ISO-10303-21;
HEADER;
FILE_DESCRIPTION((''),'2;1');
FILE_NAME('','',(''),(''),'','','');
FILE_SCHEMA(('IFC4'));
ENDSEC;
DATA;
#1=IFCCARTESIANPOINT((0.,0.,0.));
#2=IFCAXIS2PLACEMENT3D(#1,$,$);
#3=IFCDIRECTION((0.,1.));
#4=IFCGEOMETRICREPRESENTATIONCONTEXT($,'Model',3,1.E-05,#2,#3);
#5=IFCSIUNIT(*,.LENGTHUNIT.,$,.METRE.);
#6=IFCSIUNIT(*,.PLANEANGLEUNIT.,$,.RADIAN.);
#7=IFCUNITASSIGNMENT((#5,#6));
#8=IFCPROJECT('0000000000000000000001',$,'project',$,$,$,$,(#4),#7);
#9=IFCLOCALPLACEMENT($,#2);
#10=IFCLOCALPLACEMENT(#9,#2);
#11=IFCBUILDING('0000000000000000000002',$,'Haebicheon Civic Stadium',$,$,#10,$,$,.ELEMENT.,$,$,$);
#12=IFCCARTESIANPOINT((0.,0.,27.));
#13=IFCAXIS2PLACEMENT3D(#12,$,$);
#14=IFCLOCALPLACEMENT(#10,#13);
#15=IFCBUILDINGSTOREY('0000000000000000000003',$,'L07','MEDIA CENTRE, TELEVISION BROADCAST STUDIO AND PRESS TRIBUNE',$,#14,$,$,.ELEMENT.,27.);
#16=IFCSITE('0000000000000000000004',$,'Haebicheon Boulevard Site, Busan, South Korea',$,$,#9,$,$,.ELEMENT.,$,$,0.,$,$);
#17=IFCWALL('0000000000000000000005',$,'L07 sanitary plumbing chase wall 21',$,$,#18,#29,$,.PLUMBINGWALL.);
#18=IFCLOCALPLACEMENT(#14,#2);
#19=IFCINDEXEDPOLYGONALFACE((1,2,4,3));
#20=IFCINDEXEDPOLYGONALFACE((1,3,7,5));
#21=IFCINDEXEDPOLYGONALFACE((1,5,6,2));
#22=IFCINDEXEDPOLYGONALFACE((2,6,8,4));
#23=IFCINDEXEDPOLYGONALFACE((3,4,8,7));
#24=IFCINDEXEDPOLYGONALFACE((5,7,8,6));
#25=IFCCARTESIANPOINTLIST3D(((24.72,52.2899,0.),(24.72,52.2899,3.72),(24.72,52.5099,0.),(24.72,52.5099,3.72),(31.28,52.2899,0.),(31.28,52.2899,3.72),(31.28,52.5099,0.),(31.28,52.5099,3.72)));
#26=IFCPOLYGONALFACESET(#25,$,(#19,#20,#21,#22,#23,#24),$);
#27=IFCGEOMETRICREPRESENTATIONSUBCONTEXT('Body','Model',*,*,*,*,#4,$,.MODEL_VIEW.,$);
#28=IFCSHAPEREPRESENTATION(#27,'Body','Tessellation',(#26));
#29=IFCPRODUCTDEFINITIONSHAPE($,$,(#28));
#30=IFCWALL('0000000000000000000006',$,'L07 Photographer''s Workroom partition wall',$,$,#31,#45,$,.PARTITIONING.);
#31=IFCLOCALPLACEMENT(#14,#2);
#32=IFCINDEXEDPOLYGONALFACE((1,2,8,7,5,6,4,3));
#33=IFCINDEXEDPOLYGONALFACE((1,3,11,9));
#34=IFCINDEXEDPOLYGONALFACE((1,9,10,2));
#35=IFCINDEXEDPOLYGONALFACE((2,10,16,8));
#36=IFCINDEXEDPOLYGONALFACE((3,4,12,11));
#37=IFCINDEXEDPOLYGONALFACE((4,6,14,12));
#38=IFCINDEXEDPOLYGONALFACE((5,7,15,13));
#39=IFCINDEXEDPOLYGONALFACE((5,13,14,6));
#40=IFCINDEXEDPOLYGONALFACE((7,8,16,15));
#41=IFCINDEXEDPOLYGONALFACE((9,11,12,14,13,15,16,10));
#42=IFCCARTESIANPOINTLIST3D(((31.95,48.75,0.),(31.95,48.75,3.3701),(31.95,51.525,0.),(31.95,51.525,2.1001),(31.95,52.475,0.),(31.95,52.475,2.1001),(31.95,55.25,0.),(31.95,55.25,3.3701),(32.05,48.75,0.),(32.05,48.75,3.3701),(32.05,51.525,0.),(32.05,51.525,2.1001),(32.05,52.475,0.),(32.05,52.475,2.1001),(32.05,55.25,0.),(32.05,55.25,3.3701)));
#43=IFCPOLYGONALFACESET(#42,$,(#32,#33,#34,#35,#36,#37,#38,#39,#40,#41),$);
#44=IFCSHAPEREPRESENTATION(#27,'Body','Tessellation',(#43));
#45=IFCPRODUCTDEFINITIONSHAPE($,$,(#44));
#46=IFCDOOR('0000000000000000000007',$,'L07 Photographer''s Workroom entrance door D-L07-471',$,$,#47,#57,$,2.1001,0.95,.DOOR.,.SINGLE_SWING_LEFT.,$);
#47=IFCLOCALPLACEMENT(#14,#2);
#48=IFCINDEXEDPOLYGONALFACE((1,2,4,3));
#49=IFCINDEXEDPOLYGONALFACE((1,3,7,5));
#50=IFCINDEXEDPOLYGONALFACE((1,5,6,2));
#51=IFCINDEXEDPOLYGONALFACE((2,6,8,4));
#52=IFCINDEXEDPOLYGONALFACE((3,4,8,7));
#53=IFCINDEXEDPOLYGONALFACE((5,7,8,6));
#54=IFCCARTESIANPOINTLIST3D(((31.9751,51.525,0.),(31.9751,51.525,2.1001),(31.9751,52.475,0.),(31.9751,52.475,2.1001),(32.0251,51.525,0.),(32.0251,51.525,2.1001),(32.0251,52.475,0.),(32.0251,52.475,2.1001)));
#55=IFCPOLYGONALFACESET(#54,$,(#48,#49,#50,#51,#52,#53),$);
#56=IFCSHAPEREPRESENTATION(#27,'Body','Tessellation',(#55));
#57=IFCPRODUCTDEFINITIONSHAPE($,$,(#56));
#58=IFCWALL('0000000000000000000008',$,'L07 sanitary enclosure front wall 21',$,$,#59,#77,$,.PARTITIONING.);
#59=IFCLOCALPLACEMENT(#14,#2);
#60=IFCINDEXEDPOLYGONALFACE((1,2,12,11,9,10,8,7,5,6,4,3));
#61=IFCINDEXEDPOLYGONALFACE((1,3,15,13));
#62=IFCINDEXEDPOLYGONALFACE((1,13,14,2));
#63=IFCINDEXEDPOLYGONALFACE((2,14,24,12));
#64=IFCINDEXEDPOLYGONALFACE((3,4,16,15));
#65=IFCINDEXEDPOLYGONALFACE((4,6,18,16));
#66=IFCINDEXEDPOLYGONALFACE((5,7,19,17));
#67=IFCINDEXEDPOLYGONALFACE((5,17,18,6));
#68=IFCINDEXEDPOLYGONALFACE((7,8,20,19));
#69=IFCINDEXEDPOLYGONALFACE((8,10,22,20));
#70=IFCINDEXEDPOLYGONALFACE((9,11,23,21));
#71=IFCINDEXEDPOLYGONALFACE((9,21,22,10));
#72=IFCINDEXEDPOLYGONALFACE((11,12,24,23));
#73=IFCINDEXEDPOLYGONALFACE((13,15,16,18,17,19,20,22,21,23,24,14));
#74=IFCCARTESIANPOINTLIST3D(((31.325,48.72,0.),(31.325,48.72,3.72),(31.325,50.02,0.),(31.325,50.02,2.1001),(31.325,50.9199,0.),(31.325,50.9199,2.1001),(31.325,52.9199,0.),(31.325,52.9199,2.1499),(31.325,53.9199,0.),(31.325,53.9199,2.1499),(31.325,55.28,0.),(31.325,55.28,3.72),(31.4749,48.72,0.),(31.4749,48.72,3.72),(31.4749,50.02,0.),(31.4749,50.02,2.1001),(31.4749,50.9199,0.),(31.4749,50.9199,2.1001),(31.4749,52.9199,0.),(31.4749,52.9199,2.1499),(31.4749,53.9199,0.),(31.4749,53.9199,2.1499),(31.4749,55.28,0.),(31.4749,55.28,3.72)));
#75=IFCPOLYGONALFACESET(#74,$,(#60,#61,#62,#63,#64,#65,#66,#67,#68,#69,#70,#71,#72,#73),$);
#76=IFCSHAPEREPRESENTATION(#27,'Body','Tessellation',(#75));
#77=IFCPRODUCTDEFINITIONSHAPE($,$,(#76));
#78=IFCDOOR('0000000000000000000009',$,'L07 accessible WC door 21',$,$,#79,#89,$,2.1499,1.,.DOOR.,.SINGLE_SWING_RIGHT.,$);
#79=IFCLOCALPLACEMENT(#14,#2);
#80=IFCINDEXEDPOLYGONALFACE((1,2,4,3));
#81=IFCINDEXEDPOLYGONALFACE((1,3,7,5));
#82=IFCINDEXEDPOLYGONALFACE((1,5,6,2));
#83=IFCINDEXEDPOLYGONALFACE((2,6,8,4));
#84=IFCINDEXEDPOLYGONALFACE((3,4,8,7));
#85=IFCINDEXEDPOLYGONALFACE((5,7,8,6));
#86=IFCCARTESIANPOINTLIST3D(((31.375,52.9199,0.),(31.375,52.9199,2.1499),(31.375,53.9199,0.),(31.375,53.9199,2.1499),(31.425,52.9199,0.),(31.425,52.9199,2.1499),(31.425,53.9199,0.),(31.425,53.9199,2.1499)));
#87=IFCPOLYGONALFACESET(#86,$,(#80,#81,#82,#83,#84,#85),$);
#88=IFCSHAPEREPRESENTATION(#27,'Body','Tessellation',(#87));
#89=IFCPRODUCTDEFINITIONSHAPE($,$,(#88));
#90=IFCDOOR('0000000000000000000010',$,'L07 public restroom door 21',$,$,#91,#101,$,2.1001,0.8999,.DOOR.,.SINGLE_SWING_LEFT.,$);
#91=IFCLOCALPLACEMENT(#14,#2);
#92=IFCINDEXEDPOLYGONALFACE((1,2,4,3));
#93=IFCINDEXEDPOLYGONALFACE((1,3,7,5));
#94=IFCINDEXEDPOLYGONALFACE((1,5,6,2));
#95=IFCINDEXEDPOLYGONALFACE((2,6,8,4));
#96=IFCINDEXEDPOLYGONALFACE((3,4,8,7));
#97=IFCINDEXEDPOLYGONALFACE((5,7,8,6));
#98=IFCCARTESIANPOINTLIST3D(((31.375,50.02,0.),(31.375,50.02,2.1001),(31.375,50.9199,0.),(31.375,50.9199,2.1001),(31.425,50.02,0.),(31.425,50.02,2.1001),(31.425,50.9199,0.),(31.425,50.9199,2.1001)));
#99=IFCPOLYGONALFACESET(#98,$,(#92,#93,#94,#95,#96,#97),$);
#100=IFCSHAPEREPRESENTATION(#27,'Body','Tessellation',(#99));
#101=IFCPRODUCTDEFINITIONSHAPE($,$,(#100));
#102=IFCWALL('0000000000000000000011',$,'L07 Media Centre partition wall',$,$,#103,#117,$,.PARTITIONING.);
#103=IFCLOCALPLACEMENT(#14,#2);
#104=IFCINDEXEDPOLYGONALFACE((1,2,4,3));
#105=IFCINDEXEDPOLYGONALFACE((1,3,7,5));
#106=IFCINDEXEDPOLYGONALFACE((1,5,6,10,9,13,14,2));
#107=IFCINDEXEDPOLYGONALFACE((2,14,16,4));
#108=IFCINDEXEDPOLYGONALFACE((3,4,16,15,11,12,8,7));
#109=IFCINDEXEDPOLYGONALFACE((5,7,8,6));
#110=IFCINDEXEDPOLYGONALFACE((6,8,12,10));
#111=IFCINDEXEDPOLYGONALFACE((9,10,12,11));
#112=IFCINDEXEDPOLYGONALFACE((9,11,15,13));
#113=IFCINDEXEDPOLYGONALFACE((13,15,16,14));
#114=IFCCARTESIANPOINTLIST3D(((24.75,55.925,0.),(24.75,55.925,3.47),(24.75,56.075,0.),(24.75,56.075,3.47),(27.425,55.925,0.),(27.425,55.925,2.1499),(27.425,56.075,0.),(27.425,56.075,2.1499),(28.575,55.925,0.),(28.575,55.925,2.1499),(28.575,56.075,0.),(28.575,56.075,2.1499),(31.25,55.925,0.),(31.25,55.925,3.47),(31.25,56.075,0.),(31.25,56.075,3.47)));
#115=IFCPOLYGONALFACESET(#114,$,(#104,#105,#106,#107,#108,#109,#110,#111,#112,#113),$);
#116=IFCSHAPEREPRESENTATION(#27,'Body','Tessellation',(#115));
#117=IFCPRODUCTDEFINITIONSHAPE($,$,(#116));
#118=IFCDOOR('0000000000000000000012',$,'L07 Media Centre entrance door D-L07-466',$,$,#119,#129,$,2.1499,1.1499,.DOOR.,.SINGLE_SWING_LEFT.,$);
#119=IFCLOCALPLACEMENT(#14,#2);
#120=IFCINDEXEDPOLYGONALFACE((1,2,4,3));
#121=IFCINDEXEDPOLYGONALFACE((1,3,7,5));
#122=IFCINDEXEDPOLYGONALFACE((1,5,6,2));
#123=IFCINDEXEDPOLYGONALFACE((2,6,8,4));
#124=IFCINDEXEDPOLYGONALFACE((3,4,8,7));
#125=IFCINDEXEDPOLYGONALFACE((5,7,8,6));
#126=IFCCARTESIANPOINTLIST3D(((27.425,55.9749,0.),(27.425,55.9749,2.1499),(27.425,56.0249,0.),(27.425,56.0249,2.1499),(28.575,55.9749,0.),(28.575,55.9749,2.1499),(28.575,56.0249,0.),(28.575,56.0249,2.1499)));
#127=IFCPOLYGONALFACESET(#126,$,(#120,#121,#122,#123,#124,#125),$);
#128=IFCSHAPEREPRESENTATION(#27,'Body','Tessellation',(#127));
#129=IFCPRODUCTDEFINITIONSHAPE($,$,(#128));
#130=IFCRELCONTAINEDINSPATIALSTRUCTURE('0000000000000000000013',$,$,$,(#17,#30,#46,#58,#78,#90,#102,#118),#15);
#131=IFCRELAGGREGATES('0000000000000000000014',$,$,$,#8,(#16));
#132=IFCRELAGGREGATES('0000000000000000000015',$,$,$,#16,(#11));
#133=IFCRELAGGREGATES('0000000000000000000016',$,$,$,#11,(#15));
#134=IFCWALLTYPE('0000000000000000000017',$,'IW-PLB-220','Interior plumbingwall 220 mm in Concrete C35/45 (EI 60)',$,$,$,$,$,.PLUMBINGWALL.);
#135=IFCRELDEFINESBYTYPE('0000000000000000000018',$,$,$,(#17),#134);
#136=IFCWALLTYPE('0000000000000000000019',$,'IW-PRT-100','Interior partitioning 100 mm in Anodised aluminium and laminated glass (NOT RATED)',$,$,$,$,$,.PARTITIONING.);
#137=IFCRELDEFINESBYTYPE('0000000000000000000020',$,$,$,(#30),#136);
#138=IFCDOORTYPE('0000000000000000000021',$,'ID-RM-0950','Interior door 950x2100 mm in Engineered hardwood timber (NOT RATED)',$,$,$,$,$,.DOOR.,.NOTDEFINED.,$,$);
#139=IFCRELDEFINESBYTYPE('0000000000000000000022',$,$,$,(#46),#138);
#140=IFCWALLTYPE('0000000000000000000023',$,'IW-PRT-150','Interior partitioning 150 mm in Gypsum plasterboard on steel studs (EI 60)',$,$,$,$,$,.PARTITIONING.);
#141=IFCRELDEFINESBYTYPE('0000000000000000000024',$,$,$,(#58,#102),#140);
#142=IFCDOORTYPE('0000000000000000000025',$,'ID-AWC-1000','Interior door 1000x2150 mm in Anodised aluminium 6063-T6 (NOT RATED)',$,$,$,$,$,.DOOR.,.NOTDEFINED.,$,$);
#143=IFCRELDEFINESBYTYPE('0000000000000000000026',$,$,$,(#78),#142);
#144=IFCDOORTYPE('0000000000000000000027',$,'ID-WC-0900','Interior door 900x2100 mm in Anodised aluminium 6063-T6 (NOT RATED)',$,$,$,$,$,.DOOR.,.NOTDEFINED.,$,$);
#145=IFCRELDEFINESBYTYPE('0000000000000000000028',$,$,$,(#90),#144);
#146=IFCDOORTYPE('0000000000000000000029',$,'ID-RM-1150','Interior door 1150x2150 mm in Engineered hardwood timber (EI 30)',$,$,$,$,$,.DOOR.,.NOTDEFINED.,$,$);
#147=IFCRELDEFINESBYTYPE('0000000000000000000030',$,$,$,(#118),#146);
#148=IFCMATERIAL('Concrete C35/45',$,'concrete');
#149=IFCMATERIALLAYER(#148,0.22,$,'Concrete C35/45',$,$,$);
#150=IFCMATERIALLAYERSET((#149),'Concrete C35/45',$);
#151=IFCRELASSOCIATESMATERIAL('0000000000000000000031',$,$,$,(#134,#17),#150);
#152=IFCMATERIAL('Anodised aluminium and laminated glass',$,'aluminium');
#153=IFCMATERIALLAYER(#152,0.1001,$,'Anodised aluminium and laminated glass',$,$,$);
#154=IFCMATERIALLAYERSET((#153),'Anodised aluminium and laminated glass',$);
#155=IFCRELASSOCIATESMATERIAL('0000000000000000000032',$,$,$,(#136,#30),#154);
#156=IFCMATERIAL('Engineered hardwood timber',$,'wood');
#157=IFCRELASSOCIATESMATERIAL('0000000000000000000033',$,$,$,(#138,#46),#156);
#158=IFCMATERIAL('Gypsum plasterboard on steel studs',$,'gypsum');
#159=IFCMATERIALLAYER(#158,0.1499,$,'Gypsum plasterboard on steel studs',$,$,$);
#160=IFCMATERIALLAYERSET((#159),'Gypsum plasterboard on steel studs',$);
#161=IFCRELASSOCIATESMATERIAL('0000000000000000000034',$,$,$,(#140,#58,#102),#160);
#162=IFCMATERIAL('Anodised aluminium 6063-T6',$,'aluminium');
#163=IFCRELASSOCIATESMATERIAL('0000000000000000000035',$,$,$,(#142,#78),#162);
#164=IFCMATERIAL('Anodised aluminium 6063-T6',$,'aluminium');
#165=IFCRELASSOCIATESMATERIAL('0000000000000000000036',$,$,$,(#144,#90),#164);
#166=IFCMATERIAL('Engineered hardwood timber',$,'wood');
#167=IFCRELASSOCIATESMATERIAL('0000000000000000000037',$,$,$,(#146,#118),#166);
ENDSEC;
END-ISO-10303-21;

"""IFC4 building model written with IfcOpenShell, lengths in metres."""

from ifc_helpers import new_model, si_unit, direction, frame, frame_2d, origin, place, context, subcontext, project, spatial, rectangle, extrude, material, layer, layer_set, type_object, element, fill, save


model = new_model("IFC4")

# Units and contexts
model_context = context("Model", 3, precision=1e-05, world=origin(), true_north=direction((0.0, 1.0)))
body_context = subcontext(model_context, "Body", "Model", "MODEL_VIEW")
ifc_project = project(units=[si_unit("LENGTHUNIT", "METRE"), si_unit("PLANEANGLEUNIT", "RADIAN")], contexts=[model_context])

# Site, building, storey
site_placement = place(None, origin())
site = spatial("IfcSite", under=ifc_project, at=site_placement, Name="Haebicheon Boulevard Site, Busan, South Korea", CompositionType="ELEMENT", RefElevation=0.0)
building_placement = place(site_placement, origin())
building = spatial("IfcBuilding", under=site, at=building_placement, Name="Haebicheon Civic Stadium", CompositionType="ELEMENT")
storey_placement = place(building_placement, frame((0.0, 0.0, 27.0)))
storey = spatial("IfcBuildingStorey", under=building, at=storey_placement, Name="L07", Description="MEDIA CENTRE, TELEVISION BROADCAST STUDIO AND PRESS TRIBUNE", CompositionType="ELEMENT", Elevation=27.0)

# Wall
ifc_material_1 = material(Name="Concrete C35/45", Category="concrete")
ifc_layer_1 = layer(ifc_material_1, 0.22, Name="Concrete C35/45")
ifc_layer_set_1 = layer_set([ifc_layer_1], Name="Concrete C35/45")
wall_type_1 = type_object("IfcWallType", Name="IW-PLB-220", Description="Interior plumbingwall 220 mm in Concrete C35/45 (EI 60)", PredefinedType="PLUMBINGWALL", material=ifc_layer_set_1)
wall_1_placement = place(storey_placement, frame((24.72, 52.3999, 0.0), z_axis=(0.0, 0.0, 1.0), x_axis=(1.0, 0.0, 0.0)))
element("IfcWall", 1, at=wall_1_placement, inside=storey, type_object=wall_type_1, material=ifc_layer_set_1, Name="L07 sanitary plumbing chase wall 21", PredefinedType="PLUMBINGWALL", context=body_context, shape_type="SweptSolid", body=[
    extrude(rectangle(XDim=6.5601, YDim=0.22, at=frame_2d((3.28, 0.0))), origin(), (0.0, 0.0, 1.0), 3.72),
])

# Wall, opening, door
ifc_material_2 = material(Name="Anodised aluminium and laminated glass", Category="aluminium")
ifc_layer_2 = layer(ifc_material_2, 0.1001, Name="Anodised aluminium and laminated glass")
ifc_layer_set_2 = layer_set([ifc_layer_2], Name="Anodised aluminium and laminated glass")
wall_type_2 = type_object("IfcWallType", Name="IW-PRT-100", Description="Interior partitioning 100 mm in Anodised aluminium and laminated glass (NOT RATED)", PredefinedType="PARTITIONING", material=ifc_layer_set_2)
wall_2_placement = place(storey_placement, frame((32.0, 48.75, 0.0), z_axis=(0.0, 0.0, 1.0), x_axis=(0.0, 1.0, 0.0)))
wall_2 = element("IfcWall", 2, at=wall_2_placement, inside=storey, type_object=wall_type_2, material=ifc_layer_set_2, Name="L07 Photographer's Workroom partition wall", PredefinedType="PARTITIONING", context=body_context, shape_type="SweptSolid", body=[
    extrude(rectangle(XDim=6.5, YDim=0.1001, at=frame_2d((3.25, 0.0))), origin(), (0.0, 0.0, 1.0), 3.3701),
])
opening_1_placement = place(wall_2_placement, frame((2.7749, 0.0, 0.0)))
opening_1 = element("IfcOpeningElement", 3, at=opening_1_placement, cuts=wall_2, PredefinedType="OPENING", context=body_context, shape_type="SweptSolid", body=[
    extrude(rectangle(XDim=0.95, YDim=2.1001, at=frame_2d((0.4751, 1.05))), frame((0.0, 0.0601, 0.0), z_axis=(0.0, -1.0, 0.0), x_axis=(1.0, 0.0, 0.0)), (0.0, 0.0, 1.0), 0.1201),
])
ifc_material_3 = material(Name="Engineered hardwood timber", Category="wood")
door_type_1 = type_object("IfcDoorType", Name="ID-RM-0950", Description="Interior door 950x2100 mm in Engineered hardwood timber (NOT RATED)", OperationType="NOTDEFINED", PredefinedType="DOOR", material=ifc_material_3)
door_1_placement = place(opening_1_placement, origin())
door_1 = element("IfcDoor", 4, at=door_1_placement, inside=storey, type_object=door_type_1, material=ifc_material_3, Name="L07 Photographer's Workroom entrance door D-L07-471", OperationType="SINGLE_SWING_LEFT", OverallHeight=2.1001, OverallWidth=0.95, PredefinedType="DOOR", context=body_context, shape_type="SweptSolid", body=[
    extrude(rectangle(XDim=0.95, YDim=2.1001, at=frame_2d((0.4751, 1.05))), frame((0.0, 0.0249, 0.0), z_axis=(0.0, -1.0, 0.0), x_axis=(1.0, 0.0, 0.0)), (0.0, 0.0, 1.0), 0.05),
])
fill(opening_1, door_1)

# Wall, openings, doors
ifc_material_4 = material(Name="Gypsum plasterboard on steel studs", Category="gypsum")
ifc_layer_3 = layer(ifc_material_4, 0.1499, Name="Gypsum plasterboard on steel studs")
ifc_layer_set_3 = layer_set([ifc_layer_3], Name="Gypsum plasterboard on steel studs")
wall_type_3 = type_object("IfcWallType", Name="IW-PRT-150", Description="Interior partitioning 150 mm in Gypsum plasterboard on steel studs (EI 60)", PredefinedType="PARTITIONING", material=ifc_layer_set_3)
wall_3_placement = place(storey_placement, frame((31.3999, 48.72, 0.0), z_axis=(0.0, 0.0, 1.0), x_axis=(0.0, 1.0, 0.0)))
wall_3 = element("IfcWall", 5, at=wall_3_placement, inside=storey, type_object=wall_type_3, material=ifc_layer_set_3, Name="L07 sanitary enclosure front wall 21", PredefinedType="PARTITIONING", context=body_context, shape_type="SweptSolid", body=[
    extrude(rectangle(XDim=6.5601, YDim=0.1499, at=frame_2d((3.28, 0.0))), origin(), (0.0, 0.0, 1.0), 3.72),
])
opening_2_placement = place(wall_3_placement, frame((1.3, 0.0, 0.0)))
opening_2 = element("IfcOpeningElement", 6, at=opening_2_placement, cuts=wall_3, PredefinedType="OPENING", context=body_context, shape_type="SweptSolid", body=[
    extrude(rectangle(XDim=0.8999, YDim=2.1001, at=frame_2d((0.45, 1.05))), frame((0.0, 0.085, 0.0), z_axis=(0.0, -1.0, 0.0), x_axis=(1.0, 0.0, 0.0)), (0.0, 0.0, 1.0), 0.1699),
])
opening_3_placement = place(wall_3_placement, frame((4.2, 0.0, 0.0)))
opening_3 = element("IfcOpeningElement", 7, at=opening_3_placement, cuts=wall_3, PredefinedType="OPENING", context=body_context, shape_type="SweptSolid", body=[
    extrude(rectangle(XDim=1.0, YDim=2.1499, at=frame_2d((0.5, 1.075))), frame((0.0, 0.085, 0.0), z_axis=(0.0, -1.0, 0.0), x_axis=(1.0, 0.0, 0.0)), (0.0, 0.0, 1.0), 0.1699),
])
ifc_material_5 = material(Name="Anodised aluminium 6063-T6", Category="aluminium")
door_type_2 = type_object("IfcDoorType", Name="ID-AWC-1000", Description="Interior door 1000x2150 mm in Anodised aluminium 6063-T6 (NOT RATED)", OperationType="NOTDEFINED", PredefinedType="DOOR", material=ifc_material_5)
door_2_placement = place(opening_3_placement, origin())
door_2 = element("IfcDoor", 8, at=door_2_placement, inside=storey, type_object=door_type_2, material=ifc_material_5, Name="L07 accessible WC door 21", OperationType="SINGLE_SWING_RIGHT", OverallHeight=2.1499, OverallWidth=1.0, PredefinedType="DOOR", context=body_context, shape_type="SweptSolid", body=[
    extrude(rectangle(XDim=1.0, YDim=2.1499, at=frame_2d((0.5, 1.075))), frame((0.0, 0.0249, 0.0), z_axis=(0.0, -1.0, 0.0), x_axis=(1.0, 0.0, 0.0)), (0.0, 0.0, 1.0), 0.05),
])
fill(opening_3, door_2)
ifc_material_6 = material(Name="Anodised aluminium 6063-T6", Category="aluminium")
door_type_3 = type_object("IfcDoorType", Name="ID-WC-0900", Description="Interior door 900x2100 mm in Anodised aluminium 6063-T6 (NOT RATED)", OperationType="NOTDEFINED", PredefinedType="DOOR", material=ifc_material_6)
door_3_placement = place(opening_2_placement, origin())
door_3 = element("IfcDoor", 9, at=door_3_placement, inside=storey, type_object=door_type_3, material=ifc_material_6, Name="L07 public restroom door 21", OperationType="SINGLE_SWING_LEFT", OverallHeight=2.1001, OverallWidth=0.8999, PredefinedType="DOOR", context=body_context, shape_type="SweptSolid", body=[
    extrude(rectangle(XDim=0.8999, YDim=2.1001, at=frame_2d((0.45, 1.05))), frame((0.0, 0.0249, 0.0), z_axis=(0.0, -1.0, 0.0), x_axis=(1.0, 0.0, 0.0)), (0.0, 0.0, 1.0), 0.05),
])
fill(opening_2, door_3)

# Wall, opening, door
wall_4_placement = place(storey_placement, frame((24.75, 56.0, 0.0), z_axis=(0.0, 0.0, 1.0), x_axis=(1.0, 0.0, 0.0)))
wall_4 = element("IfcWall", 10, at=wall_4_placement, inside=storey, type_object=wall_type_3, material=ifc_layer_set_3, Name="L07 Media Centre partition wall", PredefinedType="PARTITIONING", context=body_context, shape_type="SweptSolid", body=[
    extrude(rectangle(XDim=6.5, YDim=0.1499, at=frame_2d((3.25, 0.0))), origin(), (0.0, 0.0, 1.0), 3.47),
])
opening_4_placement = place(wall_4_placement, frame((2.675, 0.0, 0.0)))
opening_4 = element("IfcOpeningElement", 11, at=opening_4_placement, cuts=wall_4, PredefinedType="OPENING", context=body_context, shape_type="SweptSolid", body=[
    extrude(rectangle(XDim=1.1499, YDim=2.1499, at=frame_2d((0.575, 1.075))), frame((0.0, 0.085, 0.0), z_axis=(0.0, -1.0, 0.0), x_axis=(1.0, 0.0, 0.0)), (0.0, 0.0, 1.0), 0.1699),
])
ifc_material_7 = material(Name="Engineered hardwood timber", Category="wood")
door_type_4 = type_object("IfcDoorType", Name="ID-RM-1150", Description="Interior door 1150x2150 mm in Engineered hardwood timber (EI 30)", OperationType="NOTDEFINED", PredefinedType="DOOR", material=ifc_material_7)
door_4_placement = place(opening_4_placement, origin())
door_4 = element("IfcDoor", 12, at=door_4_placement, inside=storey, type_object=door_type_4, material=ifc_material_7, Name="L07 Media Centre entrance door D-L07-466", OperationType="SINGLE_SWING_LEFT", OverallHeight=2.1499, OverallWidth=1.1499, PredefinedType="DOOR", context=body_context, shape_type="SweptSolid", body=[
    extrude(rectangle(XDim=1.1499, YDim=2.1499, at=frame_2d((0.575, 1.075))), frame((0.0, 0.0249, 0.0), z_axis=(0.0, -1.0, 0.0), x_axis=(1.0, 0.0, 0.0)), (0.0, 0.0, 1.0), 0.05),
])
fill(opening_4, door_4)

save(model, "model.ifc")
